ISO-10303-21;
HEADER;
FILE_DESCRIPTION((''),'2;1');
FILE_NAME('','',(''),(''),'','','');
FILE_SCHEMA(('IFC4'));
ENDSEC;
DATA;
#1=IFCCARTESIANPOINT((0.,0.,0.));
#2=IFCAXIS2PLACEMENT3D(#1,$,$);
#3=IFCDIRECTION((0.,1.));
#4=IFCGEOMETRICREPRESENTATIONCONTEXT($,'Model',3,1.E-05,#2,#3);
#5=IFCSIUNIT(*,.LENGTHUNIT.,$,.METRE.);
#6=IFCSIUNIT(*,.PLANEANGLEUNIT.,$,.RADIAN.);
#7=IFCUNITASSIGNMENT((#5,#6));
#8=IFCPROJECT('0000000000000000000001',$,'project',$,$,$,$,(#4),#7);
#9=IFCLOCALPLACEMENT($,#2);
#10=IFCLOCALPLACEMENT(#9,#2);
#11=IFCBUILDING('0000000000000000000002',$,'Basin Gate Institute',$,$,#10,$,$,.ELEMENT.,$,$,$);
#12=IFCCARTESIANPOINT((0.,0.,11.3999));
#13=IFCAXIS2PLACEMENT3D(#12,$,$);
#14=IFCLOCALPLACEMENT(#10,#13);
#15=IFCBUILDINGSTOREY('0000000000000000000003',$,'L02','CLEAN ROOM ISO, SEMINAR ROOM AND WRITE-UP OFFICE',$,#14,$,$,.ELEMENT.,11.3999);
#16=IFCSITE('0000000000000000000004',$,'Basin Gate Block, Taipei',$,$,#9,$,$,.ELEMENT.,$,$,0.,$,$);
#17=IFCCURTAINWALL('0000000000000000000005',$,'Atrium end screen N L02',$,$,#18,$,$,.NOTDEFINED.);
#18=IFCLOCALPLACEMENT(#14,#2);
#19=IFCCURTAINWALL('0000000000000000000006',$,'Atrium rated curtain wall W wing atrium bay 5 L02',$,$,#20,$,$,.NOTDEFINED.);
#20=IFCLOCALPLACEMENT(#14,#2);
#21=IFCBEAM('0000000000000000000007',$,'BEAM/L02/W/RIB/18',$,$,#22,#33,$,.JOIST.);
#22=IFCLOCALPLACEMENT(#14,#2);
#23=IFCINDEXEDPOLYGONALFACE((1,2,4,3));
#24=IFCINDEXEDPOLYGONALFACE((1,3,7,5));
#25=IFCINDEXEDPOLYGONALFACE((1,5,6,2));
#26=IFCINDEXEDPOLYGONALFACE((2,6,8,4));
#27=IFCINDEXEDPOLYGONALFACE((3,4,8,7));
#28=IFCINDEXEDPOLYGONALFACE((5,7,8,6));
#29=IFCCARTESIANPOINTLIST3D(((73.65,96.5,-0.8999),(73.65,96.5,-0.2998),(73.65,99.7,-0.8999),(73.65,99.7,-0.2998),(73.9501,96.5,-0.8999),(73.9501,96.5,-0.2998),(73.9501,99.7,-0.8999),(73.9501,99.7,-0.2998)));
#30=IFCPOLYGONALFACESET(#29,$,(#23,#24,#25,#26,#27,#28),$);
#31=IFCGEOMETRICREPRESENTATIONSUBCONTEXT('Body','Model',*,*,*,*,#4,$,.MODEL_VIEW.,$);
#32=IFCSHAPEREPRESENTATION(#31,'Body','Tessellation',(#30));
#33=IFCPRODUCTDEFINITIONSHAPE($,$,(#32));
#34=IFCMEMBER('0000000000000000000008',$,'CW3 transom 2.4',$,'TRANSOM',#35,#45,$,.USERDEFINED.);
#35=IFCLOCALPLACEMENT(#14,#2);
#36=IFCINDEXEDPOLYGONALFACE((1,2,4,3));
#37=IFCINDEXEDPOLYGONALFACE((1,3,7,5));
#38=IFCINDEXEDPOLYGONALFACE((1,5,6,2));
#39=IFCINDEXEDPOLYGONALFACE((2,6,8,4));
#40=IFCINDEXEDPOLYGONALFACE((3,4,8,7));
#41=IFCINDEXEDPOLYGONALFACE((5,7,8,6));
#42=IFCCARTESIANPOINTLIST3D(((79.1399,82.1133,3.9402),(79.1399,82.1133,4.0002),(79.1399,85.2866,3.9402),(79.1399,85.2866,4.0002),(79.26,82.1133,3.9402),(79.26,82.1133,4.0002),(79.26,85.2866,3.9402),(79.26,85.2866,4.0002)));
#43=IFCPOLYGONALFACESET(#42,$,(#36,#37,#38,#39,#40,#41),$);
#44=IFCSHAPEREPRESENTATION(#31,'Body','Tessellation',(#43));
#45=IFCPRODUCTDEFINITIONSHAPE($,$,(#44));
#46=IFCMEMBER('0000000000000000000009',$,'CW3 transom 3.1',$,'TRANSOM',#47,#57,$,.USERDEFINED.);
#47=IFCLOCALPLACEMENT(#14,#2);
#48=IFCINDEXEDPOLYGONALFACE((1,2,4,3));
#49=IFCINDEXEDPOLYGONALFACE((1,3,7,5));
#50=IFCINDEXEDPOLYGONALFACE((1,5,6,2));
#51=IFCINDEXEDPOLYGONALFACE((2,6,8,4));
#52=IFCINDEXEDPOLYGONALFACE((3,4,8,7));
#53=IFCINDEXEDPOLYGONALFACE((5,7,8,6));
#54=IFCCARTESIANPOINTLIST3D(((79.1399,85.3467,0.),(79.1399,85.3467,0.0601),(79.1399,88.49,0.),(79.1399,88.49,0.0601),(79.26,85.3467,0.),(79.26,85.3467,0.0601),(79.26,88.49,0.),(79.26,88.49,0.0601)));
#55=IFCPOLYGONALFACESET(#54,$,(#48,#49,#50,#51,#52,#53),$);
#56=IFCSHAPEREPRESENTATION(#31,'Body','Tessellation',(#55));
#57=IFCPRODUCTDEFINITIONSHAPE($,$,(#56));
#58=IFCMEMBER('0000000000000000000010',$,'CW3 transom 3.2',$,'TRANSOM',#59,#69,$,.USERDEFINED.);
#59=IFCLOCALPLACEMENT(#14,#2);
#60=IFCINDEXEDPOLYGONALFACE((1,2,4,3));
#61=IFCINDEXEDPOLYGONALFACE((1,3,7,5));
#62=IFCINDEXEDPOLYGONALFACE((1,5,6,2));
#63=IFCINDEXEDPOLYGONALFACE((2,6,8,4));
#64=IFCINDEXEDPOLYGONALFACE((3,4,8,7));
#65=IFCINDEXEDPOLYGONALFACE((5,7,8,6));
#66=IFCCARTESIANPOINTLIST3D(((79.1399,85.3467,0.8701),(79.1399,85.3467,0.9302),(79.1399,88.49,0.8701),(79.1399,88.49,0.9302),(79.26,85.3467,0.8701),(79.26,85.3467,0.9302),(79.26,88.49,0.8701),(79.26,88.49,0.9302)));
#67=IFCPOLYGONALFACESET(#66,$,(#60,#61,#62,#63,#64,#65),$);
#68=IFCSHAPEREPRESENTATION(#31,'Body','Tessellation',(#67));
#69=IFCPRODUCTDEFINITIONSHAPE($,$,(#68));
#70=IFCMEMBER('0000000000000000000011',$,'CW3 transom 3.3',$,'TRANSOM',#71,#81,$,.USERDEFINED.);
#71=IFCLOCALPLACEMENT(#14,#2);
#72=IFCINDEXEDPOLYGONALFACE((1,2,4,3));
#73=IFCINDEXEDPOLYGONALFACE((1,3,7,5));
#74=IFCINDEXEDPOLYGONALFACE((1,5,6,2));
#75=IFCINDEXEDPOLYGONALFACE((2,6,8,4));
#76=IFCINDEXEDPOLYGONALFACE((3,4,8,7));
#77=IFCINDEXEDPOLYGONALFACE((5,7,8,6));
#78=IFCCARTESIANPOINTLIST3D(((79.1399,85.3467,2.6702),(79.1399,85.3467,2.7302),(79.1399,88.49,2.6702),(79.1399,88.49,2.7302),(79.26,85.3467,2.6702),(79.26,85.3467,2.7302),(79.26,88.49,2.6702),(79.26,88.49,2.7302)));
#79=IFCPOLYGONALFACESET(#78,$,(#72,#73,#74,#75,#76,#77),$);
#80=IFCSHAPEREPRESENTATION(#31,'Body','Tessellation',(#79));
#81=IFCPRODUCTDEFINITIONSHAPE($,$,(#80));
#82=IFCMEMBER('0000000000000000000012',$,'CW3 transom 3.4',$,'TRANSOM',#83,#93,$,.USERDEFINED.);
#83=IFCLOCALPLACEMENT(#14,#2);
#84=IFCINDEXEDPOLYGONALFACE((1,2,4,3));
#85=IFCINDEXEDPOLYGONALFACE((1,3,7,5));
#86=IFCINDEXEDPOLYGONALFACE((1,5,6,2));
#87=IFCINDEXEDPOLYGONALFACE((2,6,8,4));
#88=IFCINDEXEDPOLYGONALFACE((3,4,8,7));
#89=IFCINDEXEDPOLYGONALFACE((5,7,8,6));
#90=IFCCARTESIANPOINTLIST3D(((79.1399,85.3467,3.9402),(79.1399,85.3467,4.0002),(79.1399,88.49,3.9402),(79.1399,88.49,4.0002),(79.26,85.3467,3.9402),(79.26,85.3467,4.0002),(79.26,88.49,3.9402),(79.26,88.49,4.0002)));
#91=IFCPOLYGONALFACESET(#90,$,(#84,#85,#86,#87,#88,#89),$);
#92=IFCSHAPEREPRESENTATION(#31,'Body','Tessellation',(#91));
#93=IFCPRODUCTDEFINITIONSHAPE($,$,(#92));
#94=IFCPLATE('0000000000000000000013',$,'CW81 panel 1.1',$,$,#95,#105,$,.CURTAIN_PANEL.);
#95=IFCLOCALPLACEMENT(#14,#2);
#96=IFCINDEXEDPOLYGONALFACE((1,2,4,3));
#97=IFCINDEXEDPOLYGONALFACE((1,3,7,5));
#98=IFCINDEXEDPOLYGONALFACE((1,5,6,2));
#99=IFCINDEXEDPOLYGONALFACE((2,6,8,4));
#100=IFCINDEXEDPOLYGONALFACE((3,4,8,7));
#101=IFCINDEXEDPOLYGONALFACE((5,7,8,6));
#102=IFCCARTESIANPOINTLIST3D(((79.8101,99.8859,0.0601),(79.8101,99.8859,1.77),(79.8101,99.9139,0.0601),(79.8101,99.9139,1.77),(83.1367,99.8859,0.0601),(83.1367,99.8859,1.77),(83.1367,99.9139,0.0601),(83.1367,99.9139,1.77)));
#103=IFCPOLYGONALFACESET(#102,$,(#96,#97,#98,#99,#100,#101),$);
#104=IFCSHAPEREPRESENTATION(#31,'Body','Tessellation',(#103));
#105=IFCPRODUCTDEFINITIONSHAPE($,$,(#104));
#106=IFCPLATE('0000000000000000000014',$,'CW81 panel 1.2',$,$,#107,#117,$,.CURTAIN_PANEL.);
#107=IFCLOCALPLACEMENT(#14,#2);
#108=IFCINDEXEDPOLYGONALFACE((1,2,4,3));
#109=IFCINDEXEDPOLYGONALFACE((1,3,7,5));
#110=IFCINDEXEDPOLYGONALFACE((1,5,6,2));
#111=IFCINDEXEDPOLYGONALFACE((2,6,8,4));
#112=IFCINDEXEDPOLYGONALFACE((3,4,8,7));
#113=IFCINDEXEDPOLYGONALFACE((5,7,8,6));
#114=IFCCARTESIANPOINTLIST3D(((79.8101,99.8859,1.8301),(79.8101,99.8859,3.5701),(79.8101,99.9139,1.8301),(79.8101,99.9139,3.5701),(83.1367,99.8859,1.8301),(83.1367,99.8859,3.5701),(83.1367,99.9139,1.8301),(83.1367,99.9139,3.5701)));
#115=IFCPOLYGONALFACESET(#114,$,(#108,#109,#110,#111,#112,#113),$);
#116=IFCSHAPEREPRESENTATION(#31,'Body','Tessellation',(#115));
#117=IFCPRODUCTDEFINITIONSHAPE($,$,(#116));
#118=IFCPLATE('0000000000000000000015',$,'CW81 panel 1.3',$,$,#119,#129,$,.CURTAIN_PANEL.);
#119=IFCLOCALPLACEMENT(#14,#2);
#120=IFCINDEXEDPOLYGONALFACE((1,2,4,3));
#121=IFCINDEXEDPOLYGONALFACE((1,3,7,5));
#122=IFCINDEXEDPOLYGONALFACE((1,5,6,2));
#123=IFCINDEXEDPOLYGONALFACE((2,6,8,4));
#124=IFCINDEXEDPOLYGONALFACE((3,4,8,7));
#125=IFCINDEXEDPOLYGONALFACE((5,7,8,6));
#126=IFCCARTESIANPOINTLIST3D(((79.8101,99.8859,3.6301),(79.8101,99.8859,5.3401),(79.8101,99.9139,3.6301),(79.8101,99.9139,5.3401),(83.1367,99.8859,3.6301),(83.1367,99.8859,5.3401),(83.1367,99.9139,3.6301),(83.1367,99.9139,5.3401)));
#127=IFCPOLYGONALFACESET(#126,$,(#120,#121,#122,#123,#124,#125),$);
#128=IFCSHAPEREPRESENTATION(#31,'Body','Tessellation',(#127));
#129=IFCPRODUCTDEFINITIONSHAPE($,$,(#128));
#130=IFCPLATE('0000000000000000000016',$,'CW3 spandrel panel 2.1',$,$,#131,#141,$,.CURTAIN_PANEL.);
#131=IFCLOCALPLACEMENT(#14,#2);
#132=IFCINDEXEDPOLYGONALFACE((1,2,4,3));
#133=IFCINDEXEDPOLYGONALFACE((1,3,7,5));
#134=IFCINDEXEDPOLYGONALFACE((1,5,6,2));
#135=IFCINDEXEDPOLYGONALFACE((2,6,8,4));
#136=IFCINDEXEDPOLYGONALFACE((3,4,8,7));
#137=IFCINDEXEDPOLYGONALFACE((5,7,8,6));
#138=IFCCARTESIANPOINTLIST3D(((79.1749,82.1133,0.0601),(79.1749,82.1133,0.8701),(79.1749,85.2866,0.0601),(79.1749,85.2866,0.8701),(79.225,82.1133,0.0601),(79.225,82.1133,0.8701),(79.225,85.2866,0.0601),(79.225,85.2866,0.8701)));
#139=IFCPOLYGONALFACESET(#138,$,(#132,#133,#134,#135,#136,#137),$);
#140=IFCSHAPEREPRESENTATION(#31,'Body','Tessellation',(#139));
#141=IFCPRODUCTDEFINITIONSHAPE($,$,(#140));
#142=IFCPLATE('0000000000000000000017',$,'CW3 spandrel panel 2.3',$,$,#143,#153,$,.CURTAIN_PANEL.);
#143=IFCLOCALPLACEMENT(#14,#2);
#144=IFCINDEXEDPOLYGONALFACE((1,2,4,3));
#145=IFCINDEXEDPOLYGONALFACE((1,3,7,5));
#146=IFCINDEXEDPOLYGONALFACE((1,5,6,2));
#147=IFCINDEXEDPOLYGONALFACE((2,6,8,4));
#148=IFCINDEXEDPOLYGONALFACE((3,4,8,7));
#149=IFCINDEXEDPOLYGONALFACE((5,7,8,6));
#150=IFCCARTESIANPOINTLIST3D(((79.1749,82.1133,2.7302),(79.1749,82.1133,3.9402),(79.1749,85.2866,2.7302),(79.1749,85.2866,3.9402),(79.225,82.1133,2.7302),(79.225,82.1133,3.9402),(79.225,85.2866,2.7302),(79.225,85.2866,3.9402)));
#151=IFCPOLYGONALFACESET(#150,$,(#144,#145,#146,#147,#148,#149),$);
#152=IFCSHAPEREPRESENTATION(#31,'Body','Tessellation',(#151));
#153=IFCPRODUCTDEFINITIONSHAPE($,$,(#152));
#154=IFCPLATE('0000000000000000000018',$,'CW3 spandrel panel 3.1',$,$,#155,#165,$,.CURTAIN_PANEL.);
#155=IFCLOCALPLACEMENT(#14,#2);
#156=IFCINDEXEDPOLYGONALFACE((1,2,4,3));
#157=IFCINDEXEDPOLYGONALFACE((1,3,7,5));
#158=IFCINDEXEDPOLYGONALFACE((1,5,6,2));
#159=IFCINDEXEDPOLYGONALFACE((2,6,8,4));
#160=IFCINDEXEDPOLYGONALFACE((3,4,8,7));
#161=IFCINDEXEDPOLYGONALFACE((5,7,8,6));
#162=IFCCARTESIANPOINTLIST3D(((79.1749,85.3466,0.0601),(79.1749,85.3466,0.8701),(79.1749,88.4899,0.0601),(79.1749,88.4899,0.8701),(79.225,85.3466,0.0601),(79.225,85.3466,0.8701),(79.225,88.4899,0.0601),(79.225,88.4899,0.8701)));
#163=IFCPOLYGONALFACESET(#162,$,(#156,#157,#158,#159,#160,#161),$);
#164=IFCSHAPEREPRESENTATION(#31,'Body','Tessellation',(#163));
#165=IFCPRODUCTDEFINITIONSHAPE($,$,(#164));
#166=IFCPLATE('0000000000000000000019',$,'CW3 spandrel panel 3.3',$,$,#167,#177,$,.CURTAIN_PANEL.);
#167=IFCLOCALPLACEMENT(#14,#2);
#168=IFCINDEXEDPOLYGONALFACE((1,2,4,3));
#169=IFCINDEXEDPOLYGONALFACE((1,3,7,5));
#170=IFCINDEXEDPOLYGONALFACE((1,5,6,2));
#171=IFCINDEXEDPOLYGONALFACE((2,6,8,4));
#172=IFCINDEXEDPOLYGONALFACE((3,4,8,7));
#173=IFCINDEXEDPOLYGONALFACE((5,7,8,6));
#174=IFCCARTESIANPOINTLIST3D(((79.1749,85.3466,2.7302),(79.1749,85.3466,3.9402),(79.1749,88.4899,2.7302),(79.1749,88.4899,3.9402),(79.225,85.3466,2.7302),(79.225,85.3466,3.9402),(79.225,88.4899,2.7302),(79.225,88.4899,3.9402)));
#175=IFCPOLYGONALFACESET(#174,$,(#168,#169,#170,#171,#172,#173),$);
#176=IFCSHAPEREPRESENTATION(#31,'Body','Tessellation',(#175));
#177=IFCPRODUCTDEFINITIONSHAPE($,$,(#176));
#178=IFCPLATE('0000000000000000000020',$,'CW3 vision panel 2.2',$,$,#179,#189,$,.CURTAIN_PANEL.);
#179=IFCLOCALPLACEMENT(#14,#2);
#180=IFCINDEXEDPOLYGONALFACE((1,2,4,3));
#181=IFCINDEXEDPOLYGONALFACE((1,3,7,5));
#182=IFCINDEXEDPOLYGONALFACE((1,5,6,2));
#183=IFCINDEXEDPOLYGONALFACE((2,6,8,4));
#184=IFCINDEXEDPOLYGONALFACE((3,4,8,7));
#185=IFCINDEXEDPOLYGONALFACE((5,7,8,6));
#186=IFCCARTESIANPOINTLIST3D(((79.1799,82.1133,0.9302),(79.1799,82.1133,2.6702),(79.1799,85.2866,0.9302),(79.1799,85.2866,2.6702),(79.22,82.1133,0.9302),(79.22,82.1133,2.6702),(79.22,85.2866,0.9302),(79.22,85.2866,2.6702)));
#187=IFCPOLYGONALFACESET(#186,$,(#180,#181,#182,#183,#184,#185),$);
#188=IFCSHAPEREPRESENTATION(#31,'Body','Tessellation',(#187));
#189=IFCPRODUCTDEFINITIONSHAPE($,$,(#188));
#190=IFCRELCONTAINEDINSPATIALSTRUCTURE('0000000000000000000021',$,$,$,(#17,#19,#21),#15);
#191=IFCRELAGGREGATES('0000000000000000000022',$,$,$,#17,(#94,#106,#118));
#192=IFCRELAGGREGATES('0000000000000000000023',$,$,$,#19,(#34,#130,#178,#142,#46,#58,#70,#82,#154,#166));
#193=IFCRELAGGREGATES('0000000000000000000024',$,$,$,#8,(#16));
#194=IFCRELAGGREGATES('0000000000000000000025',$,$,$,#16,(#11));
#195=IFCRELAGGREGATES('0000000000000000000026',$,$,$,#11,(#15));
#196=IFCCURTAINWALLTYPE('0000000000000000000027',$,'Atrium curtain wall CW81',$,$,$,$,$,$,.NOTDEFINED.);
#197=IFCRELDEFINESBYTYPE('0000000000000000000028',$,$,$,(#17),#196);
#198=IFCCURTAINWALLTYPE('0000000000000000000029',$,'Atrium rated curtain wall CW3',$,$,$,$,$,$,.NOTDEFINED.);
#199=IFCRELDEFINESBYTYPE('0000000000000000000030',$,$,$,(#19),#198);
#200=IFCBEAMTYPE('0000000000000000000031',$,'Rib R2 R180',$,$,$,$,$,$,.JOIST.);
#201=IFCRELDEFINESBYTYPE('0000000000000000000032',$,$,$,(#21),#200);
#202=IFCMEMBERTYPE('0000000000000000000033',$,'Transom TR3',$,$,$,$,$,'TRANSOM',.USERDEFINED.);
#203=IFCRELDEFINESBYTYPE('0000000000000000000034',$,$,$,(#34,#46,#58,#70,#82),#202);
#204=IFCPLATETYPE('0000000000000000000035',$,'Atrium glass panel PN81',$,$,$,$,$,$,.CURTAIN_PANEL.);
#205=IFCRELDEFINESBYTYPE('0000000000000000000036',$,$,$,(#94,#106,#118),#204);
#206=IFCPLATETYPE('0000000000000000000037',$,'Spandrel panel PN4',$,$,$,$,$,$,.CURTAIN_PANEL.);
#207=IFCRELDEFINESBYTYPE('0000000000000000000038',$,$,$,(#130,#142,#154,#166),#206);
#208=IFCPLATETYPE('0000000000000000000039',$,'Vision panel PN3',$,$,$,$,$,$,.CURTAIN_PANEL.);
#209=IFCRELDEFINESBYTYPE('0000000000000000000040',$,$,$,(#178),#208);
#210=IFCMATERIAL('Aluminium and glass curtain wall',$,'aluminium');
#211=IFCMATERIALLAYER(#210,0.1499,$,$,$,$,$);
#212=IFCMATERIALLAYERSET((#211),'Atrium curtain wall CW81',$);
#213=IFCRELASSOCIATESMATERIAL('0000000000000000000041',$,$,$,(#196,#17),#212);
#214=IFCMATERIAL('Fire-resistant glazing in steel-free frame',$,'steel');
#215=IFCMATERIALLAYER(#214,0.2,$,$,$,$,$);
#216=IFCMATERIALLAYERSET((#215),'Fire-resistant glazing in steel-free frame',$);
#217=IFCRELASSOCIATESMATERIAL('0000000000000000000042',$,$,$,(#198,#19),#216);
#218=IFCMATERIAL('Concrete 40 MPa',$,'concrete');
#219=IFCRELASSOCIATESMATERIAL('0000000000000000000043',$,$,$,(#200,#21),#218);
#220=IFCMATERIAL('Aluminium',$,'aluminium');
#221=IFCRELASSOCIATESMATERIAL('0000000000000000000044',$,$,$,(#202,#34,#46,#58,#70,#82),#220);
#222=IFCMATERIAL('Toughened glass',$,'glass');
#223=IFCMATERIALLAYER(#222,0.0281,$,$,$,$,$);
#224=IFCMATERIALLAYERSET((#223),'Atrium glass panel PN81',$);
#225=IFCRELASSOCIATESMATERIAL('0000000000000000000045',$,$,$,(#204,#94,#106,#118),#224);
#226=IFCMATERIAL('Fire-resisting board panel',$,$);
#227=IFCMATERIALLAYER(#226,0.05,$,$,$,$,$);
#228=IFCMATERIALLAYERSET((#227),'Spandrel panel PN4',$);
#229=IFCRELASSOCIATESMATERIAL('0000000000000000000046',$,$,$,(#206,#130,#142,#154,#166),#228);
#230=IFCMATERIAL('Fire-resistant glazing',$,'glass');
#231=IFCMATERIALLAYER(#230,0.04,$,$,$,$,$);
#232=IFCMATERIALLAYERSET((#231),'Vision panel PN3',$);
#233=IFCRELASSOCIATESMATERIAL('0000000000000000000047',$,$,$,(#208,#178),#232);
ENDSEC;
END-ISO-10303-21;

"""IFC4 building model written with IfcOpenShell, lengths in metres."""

from ifc_helpers import new_model, si_unit, direction, frame, origin, origin_2d, place, context, subcontext, project, spatial, rectangle, extrude, material, layer, layer_set, material_profile, profile_set, type_object, element, aggregate, save


model = new_model("IFC4")

# Units and contexts
model_context = context("Model", 3, precision=1e-05, world=origin(), true_north=direction((0.0, 1.0)))
body_context = subcontext(model_context, "Body", "Model", "MODEL_VIEW")
ifc_project = project(units=[si_unit("LENGTHUNIT", "METRE"), si_unit("PLANEANGLEUNIT", "RADIAN")], contexts=[model_context])

# Site, building, storey
site_placement = place(None, origin())
site = spatial("IfcSite", under=ifc_project, at=site_placement, Name="Basin Gate Block, Taipei", CompositionType="ELEMENT", RefElevation=0.0)
building_placement = place(site_placement, origin())
building = spatial("IfcBuilding", under=site, at=building_placement, Name="Basin Gate Institute", CompositionType="ELEMENT")
storey_placement = place(building_placement, frame((0.0, 0.0, 11.3999)))
storey = spatial("IfcBuildingStorey", under=building, at=storey_placement, Name="L02", Description="CLEAN ROOM ISO, SEMINAR ROOM AND WRITE-UP OFFICE", CompositionType="ELEMENT", Elevation=11.3999)

# Curtain wall
ifc_material_1 = material(Name="Aluminium and glass curtain wall", Category="aluminium")
ifc_layer_1 = layer(ifc_material_1, 0.1499)
ifc_layer_set_1 = layer_set([ifc_layer_1], Name="Atrium curtain wall CW81")
curtain_wall_type_1 = type_object("IfcCurtainWallType", Name="Atrium curtain wall CW81", PredefinedType="NOTDEFINED", material=ifc_layer_set_1)
curtain_wall_1_placement = place(storey_placement, origin())
curtain_wall_1 = element("IfcCurtainWall", 1, at=curtain_wall_1_placement, inside=storey, type_object=curtain_wall_type_1, material=ifc_layer_set_1, Name="Atrium end screen N L02", PredefinedType="NOTDEFINED")

# Curtain wall
ifc_material_2 = material(Name="Fire-resistant glazing in steel-free frame", Category="steel")
ifc_layer_2 = layer(ifc_material_2, 0.2)
ifc_layer_set_2 = layer_set([ifc_layer_2], Name="Fire-resistant glazing in steel-free frame")
curtain_wall_type_2 = type_object("IfcCurtainWallType", Name="Atrium rated curtain wall CW3", PredefinedType="NOTDEFINED", material=ifc_layer_set_2)
curtain_wall_2_placement = place(storey_placement, origin())
curtain_wall_2 = element("IfcCurtainWall", 2, at=curtain_wall_2_placement, inside=storey, type_object=curtain_wall_type_2, material=ifc_layer_set_2, Name="Atrium rated curtain wall W wing atrium bay 5 L02", PredefinedType="NOTDEFINED")

# Beam
ifc_material_3 = material(Name="Concrete 40 MPa", Category="concrete")
ifc_material_profile_1 = material_profile(ifc_material_3, rectangle(XDim=0.3, YDim=0.6001, at=origin_2d()), Name="Rib R2 300 x 600")
ifc_profile_set_1 = profile_set([ifc_material_profile_1], Name="Concrete 40 MPa")
beam_type_1 = type_object("IfcBeamType", Name="Rib R2 R180", PredefinedType="JOIST", material=ifc_profile_set_1)
beam_1_placement = place(storey_placement, frame((73.8, 96.5, -0.5999), z_axis=(0.0, 1.0, 0.0), x_axis=(-1.0, 0.0, 0.0)))
element("IfcBeam", 3, at=beam_1_placement, inside=storey, type_object=beam_type_1, material=ifc_profile_set_1, Name="BEAM/L02/W/RIB/18", PredefinedType="JOIST", context=body_context, shape_type="SweptSolid", body=[
    extrude(rectangle(XDim=0.3, YDim=0.6001, at=origin_2d()), origin(), (0.0, 0.0, 1.0), 3.2),
])

# Members
ifc_material_4 = material(Name="Aluminium", Category="aluminium")
ifc_material_profile_2 = material_profile(ifc_material_4, rectangle(XDim=0.1201, YDim=0.0601, at=origin_2d()), Name="Transom TR3 120 x 60")
ifc_profile_set_2 = profile_set([ifc_material_profile_2], Name="Aluminium")
member_type_1 = type_object("IfcMemberType", Name="Transom TR3", ElementType="TRANSOM", PredefinedType="USERDEFINED", material=ifc_profile_set_2)
member_1_placement = place(storey_placement, frame((79.2, 82.1133, 3.9702), z_axis=(0.0, 1.0, 0.0), x_axis=(-1.0, 0.0, 0.0)))
member_1 = element("IfcMember", 4, at=member_1_placement, type_object=member_type_1, material=ifc_profile_set_2, Name="CW3 transom 2.4", ObjectType="TRANSOM", PredefinedType="USERDEFINED", context=body_context, shape_type="SweptSolid", body=[
    extrude(rectangle(XDim=0.1201, YDim=0.0601, at=origin_2d()), origin(), (0.0, 0.0, 1.0), 3.1733),
])
member_2_placement = place(storey_placement, frame((79.2, 85.3467, 0.03), z_axis=(0.0, 1.0, 0.0), x_axis=(-1.0, 0.0, 0.0)))
member_2 = element("IfcMember", 5, at=member_2_placement, type_object=member_type_1, material=ifc_profile_set_2, Name="CW3 transom 3.1", ObjectType="TRANSOM", PredefinedType="USERDEFINED", context=body_context, shape_type="SweptSolid", body=[
    extrude(rectangle(XDim=0.1201, YDim=0.0601, at=origin_2d()), origin(), (0.0, 0.0, 1.0), 3.1433),
])
member_3_placement = place(storey_placement, frame((79.2, 85.3467, 0.9001), z_axis=(0.0, 1.0, 0.0), x_axis=(-1.0, 0.0, 0.0)))
member_3 = element("IfcMember", 6, at=member_3_placement, type_object=member_type_1, material=ifc_profile_set_2, Name="CW3 transom 3.2", ObjectType="TRANSOM", PredefinedType="USERDEFINED", context=body_context, shape_type="SweptSolid", body=[
    extrude(rectangle(XDim=0.1201, YDim=0.0601, at=origin_2d()), origin(), (0.0, 0.0, 1.0), 3.1433),
])
member_4_placement = place(storey_placement, frame((79.2, 85.3467, 2.7002), z_axis=(0.0, 1.0, 0.0), x_axis=(-1.0, 0.0, 0.0)))
member_4 = element("IfcMember", 7, at=member_4_placement, type_object=member_type_1, material=ifc_profile_set_2, Name="CW3 transom 3.3", ObjectType="TRANSOM", PredefinedType="USERDEFINED", context=body_context, shape_type="SweptSolid", body=[
    extrude(rectangle(XDim=0.1201, YDim=0.0601, at=origin_2d()), origin(), (0.0, 0.0, 1.0), 3.1433),
])
member_5_placement = place(storey_placement, frame((79.2, 85.3467, 3.9702), z_axis=(0.0, 1.0, 0.0), x_axis=(-1.0, 0.0, 0.0)))
member_5 = element("IfcMember", 8, at=member_5_placement, type_object=member_type_1, material=ifc_profile_set_2, Name="CW3 transom 3.4", ObjectType="TRANSOM", PredefinedType="USERDEFINED", context=body_context, shape_type="SweptSolid", body=[
    extrude(rectangle(XDim=0.1201, YDim=0.0601, at=origin_2d()), origin(), (0.0, 0.0, 1.0), 3.1433),
])

# Plates
ifc_material_5 = material(Name="Toughened glass", Category="glass")
ifc_layer_3 = layer(ifc_material_5, 0.0281)
ifc_layer_set_3 = layer_set([ifc_layer_3], Name="Atrium glass panel PN81")
plate_type_1 = type_object("IfcPlateType", Name="Atrium glass panel PN81", PredefinedType="CURTAIN_PANEL", material=ifc_layer_set_3)
plate_1_placement = place(storey_placement, frame((81.4734, 99.8999, 0.0601), z_axis=(0.0, 0.0, 1.0), x_axis=(1.0, 0.0, 0.0)))
plate_1 = element("IfcPlate", 9, at=plate_1_placement, type_object=plate_type_1, material=ifc_layer_set_3, Name="CW81 panel 1.1", PredefinedType="CURTAIN_PANEL", context=body_context, shape_type="SweptSolid", body=[
    extrude(rectangle(XDim=3.3267, YDim=0.0281, at=origin_2d()), origin(), (0.0, 0.0, 1.0), 1.71),
])
plate_2_placement = place(storey_placement, frame((81.4734, 99.8999, 1.8301), z_axis=(0.0, 0.0, 1.0), x_axis=(1.0, 0.0, 0.0)))
plate_2 = element("IfcPlate", 10, at=plate_2_placement, type_object=plate_type_1, material=ifc_layer_set_3, Name="CW81 panel 1.2", PredefinedType="CURTAIN_PANEL", context=body_context, shape_type="SweptSolid", body=[
    extrude(rectangle(XDim=3.3267, YDim=0.0281, at=origin_2d()), origin(), (0.0, 0.0, 1.0), 1.74),
])
plate_3_placement = place(storey_placement, frame((81.4734, 99.8999, 3.6301), z_axis=(0.0, 0.0, 1.0), x_axis=(1.0, 0.0, 0.0)))
plate_3 = element("IfcPlate", 11, at=plate_3_placement, type_object=plate_type_1, material=ifc_layer_set_3, Name="CW81 panel 1.3", PredefinedType="CURTAIN_PANEL", context=body_context, shape_type="SweptSolid", body=[
    extrude(rectangle(XDim=3.3267, YDim=0.0281, at=origin_2d()), origin(), (0.0, 0.0, 1.0), 1.71),
])
aggregate(curtain_wall_1, [plate_1, plate_2, plate_3])
ifc_material_6 = material(Name="Fire-resisting board panel")
ifc_layer_4 = layer(ifc_material_6, 0.05)
ifc_layer_set_4 = layer_set([ifc_layer_4], Name="Spandrel panel PN4")
plate_type_2 = type_object("IfcPlateType", Name="Spandrel panel PN4", PredefinedType="CURTAIN_PANEL", material=ifc_layer_set_4)
plate_4_placement = place(storey_placement, frame((79.2, 83.7, 0.0601), z_axis=(0.0, 0.0, 1.0), x_axis=(0.0, 1.0, 0.0)))
plate_4 = element("IfcPlate", 12, at=plate_4_placement, type_object=plate_type_2, material=ifc_layer_set_4, Name="CW3 spandrel panel 2.1", PredefinedType="CURTAIN_PANEL", context=body_context, shape_type="SweptSolid", body=[
    extrude(rectangle(XDim=3.1733, YDim=0.05, at=origin_2d()), origin(), (0.0, 0.0, 1.0), 0.8101),
])
plate_5_placement = place(storey_placement, frame((79.2, 83.7, 2.7302), z_axis=(0.0, 0.0, 1.0), x_axis=(0.0, 1.0, 0.0)))
plate_5 = element("IfcPlate", 13, at=plate_5_placement, type_object=plate_type_2, material=ifc_layer_set_4, Name="CW3 spandrel panel 2.3", PredefinedType="CURTAIN_PANEL", context=body_context, shape_type="SweptSolid", body=[
    extrude(rectangle(XDim=3.1733, YDim=0.05, at=origin_2d()), origin(), (0.0, 0.0, 1.0), 1.21),
])
plate_6_placement = place(storey_placement, frame((79.2, 86.9182, 0.0601), z_axis=(0.0, 0.0, 1.0), x_axis=(0.0, 1.0, 0.0)))
plate_6 = element("IfcPlate", 14, at=plate_6_placement, type_object=plate_type_2, material=ifc_layer_set_4, Name="CW3 spandrel panel 3.1", PredefinedType="CURTAIN_PANEL", context=body_context, shape_type="SweptSolid", body=[
    extrude(rectangle(XDim=3.1433, YDim=0.05, at=origin_2d()), origin(), (0.0, 0.0, 1.0), 0.8101),
])
plate_7_placement = place(storey_placement, frame((79.2, 86.9182, 2.7302), z_axis=(0.0, 0.0, 1.0), x_axis=(0.0, 1.0, 0.0)))
plate_7 = element("IfcPlate", 15, at=plate_7_placement, type_object=plate_type_2, material=ifc_layer_set_4, Name="CW3 spandrel panel 3.3", PredefinedType="CURTAIN_PANEL", context=body_context, shape_type="SweptSolid", body=[
    extrude(rectangle(XDim=3.1433, YDim=0.05, at=origin_2d()), origin(), (0.0, 0.0, 1.0), 1.21),
])
ifc_material_7 = material(Name="Fire-resistant glazing", Category="glass")
ifc_layer_5 = layer(ifc_material_7, 0.04)
ifc_layer_set_5 = layer_set([ifc_layer_5], Name="Vision panel PN3")
plate_type_3 = type_object("IfcPlateType", Name="Vision panel PN3", PredefinedType="CURTAIN_PANEL", material=ifc_layer_set_5)
plate_8_placement = place(storey_placement, frame((79.2, 83.7, 0.9302), z_axis=(0.0, 0.0, 1.0), x_axis=(0.0, 1.0, 0.0)))
plate_8 = element("IfcPlate", 16, at=plate_8_placement, type_object=plate_type_3, material=ifc_layer_set_5, Name="CW3 vision panel 2.2", PredefinedType="CURTAIN_PANEL", context=body_context, shape_type="SweptSolid", body=[
    extrude(rectangle(XDim=3.1733, YDim=0.04, at=origin_2d()), origin(), (0.0, 0.0, 1.0), 1.74),
])
aggregate(curtain_wall_2, [member_1, plate_4, plate_8, plate_5, member_2, member_3, member_4, member_5, plate_6, plate_7])

save(model, "model.ifc")
